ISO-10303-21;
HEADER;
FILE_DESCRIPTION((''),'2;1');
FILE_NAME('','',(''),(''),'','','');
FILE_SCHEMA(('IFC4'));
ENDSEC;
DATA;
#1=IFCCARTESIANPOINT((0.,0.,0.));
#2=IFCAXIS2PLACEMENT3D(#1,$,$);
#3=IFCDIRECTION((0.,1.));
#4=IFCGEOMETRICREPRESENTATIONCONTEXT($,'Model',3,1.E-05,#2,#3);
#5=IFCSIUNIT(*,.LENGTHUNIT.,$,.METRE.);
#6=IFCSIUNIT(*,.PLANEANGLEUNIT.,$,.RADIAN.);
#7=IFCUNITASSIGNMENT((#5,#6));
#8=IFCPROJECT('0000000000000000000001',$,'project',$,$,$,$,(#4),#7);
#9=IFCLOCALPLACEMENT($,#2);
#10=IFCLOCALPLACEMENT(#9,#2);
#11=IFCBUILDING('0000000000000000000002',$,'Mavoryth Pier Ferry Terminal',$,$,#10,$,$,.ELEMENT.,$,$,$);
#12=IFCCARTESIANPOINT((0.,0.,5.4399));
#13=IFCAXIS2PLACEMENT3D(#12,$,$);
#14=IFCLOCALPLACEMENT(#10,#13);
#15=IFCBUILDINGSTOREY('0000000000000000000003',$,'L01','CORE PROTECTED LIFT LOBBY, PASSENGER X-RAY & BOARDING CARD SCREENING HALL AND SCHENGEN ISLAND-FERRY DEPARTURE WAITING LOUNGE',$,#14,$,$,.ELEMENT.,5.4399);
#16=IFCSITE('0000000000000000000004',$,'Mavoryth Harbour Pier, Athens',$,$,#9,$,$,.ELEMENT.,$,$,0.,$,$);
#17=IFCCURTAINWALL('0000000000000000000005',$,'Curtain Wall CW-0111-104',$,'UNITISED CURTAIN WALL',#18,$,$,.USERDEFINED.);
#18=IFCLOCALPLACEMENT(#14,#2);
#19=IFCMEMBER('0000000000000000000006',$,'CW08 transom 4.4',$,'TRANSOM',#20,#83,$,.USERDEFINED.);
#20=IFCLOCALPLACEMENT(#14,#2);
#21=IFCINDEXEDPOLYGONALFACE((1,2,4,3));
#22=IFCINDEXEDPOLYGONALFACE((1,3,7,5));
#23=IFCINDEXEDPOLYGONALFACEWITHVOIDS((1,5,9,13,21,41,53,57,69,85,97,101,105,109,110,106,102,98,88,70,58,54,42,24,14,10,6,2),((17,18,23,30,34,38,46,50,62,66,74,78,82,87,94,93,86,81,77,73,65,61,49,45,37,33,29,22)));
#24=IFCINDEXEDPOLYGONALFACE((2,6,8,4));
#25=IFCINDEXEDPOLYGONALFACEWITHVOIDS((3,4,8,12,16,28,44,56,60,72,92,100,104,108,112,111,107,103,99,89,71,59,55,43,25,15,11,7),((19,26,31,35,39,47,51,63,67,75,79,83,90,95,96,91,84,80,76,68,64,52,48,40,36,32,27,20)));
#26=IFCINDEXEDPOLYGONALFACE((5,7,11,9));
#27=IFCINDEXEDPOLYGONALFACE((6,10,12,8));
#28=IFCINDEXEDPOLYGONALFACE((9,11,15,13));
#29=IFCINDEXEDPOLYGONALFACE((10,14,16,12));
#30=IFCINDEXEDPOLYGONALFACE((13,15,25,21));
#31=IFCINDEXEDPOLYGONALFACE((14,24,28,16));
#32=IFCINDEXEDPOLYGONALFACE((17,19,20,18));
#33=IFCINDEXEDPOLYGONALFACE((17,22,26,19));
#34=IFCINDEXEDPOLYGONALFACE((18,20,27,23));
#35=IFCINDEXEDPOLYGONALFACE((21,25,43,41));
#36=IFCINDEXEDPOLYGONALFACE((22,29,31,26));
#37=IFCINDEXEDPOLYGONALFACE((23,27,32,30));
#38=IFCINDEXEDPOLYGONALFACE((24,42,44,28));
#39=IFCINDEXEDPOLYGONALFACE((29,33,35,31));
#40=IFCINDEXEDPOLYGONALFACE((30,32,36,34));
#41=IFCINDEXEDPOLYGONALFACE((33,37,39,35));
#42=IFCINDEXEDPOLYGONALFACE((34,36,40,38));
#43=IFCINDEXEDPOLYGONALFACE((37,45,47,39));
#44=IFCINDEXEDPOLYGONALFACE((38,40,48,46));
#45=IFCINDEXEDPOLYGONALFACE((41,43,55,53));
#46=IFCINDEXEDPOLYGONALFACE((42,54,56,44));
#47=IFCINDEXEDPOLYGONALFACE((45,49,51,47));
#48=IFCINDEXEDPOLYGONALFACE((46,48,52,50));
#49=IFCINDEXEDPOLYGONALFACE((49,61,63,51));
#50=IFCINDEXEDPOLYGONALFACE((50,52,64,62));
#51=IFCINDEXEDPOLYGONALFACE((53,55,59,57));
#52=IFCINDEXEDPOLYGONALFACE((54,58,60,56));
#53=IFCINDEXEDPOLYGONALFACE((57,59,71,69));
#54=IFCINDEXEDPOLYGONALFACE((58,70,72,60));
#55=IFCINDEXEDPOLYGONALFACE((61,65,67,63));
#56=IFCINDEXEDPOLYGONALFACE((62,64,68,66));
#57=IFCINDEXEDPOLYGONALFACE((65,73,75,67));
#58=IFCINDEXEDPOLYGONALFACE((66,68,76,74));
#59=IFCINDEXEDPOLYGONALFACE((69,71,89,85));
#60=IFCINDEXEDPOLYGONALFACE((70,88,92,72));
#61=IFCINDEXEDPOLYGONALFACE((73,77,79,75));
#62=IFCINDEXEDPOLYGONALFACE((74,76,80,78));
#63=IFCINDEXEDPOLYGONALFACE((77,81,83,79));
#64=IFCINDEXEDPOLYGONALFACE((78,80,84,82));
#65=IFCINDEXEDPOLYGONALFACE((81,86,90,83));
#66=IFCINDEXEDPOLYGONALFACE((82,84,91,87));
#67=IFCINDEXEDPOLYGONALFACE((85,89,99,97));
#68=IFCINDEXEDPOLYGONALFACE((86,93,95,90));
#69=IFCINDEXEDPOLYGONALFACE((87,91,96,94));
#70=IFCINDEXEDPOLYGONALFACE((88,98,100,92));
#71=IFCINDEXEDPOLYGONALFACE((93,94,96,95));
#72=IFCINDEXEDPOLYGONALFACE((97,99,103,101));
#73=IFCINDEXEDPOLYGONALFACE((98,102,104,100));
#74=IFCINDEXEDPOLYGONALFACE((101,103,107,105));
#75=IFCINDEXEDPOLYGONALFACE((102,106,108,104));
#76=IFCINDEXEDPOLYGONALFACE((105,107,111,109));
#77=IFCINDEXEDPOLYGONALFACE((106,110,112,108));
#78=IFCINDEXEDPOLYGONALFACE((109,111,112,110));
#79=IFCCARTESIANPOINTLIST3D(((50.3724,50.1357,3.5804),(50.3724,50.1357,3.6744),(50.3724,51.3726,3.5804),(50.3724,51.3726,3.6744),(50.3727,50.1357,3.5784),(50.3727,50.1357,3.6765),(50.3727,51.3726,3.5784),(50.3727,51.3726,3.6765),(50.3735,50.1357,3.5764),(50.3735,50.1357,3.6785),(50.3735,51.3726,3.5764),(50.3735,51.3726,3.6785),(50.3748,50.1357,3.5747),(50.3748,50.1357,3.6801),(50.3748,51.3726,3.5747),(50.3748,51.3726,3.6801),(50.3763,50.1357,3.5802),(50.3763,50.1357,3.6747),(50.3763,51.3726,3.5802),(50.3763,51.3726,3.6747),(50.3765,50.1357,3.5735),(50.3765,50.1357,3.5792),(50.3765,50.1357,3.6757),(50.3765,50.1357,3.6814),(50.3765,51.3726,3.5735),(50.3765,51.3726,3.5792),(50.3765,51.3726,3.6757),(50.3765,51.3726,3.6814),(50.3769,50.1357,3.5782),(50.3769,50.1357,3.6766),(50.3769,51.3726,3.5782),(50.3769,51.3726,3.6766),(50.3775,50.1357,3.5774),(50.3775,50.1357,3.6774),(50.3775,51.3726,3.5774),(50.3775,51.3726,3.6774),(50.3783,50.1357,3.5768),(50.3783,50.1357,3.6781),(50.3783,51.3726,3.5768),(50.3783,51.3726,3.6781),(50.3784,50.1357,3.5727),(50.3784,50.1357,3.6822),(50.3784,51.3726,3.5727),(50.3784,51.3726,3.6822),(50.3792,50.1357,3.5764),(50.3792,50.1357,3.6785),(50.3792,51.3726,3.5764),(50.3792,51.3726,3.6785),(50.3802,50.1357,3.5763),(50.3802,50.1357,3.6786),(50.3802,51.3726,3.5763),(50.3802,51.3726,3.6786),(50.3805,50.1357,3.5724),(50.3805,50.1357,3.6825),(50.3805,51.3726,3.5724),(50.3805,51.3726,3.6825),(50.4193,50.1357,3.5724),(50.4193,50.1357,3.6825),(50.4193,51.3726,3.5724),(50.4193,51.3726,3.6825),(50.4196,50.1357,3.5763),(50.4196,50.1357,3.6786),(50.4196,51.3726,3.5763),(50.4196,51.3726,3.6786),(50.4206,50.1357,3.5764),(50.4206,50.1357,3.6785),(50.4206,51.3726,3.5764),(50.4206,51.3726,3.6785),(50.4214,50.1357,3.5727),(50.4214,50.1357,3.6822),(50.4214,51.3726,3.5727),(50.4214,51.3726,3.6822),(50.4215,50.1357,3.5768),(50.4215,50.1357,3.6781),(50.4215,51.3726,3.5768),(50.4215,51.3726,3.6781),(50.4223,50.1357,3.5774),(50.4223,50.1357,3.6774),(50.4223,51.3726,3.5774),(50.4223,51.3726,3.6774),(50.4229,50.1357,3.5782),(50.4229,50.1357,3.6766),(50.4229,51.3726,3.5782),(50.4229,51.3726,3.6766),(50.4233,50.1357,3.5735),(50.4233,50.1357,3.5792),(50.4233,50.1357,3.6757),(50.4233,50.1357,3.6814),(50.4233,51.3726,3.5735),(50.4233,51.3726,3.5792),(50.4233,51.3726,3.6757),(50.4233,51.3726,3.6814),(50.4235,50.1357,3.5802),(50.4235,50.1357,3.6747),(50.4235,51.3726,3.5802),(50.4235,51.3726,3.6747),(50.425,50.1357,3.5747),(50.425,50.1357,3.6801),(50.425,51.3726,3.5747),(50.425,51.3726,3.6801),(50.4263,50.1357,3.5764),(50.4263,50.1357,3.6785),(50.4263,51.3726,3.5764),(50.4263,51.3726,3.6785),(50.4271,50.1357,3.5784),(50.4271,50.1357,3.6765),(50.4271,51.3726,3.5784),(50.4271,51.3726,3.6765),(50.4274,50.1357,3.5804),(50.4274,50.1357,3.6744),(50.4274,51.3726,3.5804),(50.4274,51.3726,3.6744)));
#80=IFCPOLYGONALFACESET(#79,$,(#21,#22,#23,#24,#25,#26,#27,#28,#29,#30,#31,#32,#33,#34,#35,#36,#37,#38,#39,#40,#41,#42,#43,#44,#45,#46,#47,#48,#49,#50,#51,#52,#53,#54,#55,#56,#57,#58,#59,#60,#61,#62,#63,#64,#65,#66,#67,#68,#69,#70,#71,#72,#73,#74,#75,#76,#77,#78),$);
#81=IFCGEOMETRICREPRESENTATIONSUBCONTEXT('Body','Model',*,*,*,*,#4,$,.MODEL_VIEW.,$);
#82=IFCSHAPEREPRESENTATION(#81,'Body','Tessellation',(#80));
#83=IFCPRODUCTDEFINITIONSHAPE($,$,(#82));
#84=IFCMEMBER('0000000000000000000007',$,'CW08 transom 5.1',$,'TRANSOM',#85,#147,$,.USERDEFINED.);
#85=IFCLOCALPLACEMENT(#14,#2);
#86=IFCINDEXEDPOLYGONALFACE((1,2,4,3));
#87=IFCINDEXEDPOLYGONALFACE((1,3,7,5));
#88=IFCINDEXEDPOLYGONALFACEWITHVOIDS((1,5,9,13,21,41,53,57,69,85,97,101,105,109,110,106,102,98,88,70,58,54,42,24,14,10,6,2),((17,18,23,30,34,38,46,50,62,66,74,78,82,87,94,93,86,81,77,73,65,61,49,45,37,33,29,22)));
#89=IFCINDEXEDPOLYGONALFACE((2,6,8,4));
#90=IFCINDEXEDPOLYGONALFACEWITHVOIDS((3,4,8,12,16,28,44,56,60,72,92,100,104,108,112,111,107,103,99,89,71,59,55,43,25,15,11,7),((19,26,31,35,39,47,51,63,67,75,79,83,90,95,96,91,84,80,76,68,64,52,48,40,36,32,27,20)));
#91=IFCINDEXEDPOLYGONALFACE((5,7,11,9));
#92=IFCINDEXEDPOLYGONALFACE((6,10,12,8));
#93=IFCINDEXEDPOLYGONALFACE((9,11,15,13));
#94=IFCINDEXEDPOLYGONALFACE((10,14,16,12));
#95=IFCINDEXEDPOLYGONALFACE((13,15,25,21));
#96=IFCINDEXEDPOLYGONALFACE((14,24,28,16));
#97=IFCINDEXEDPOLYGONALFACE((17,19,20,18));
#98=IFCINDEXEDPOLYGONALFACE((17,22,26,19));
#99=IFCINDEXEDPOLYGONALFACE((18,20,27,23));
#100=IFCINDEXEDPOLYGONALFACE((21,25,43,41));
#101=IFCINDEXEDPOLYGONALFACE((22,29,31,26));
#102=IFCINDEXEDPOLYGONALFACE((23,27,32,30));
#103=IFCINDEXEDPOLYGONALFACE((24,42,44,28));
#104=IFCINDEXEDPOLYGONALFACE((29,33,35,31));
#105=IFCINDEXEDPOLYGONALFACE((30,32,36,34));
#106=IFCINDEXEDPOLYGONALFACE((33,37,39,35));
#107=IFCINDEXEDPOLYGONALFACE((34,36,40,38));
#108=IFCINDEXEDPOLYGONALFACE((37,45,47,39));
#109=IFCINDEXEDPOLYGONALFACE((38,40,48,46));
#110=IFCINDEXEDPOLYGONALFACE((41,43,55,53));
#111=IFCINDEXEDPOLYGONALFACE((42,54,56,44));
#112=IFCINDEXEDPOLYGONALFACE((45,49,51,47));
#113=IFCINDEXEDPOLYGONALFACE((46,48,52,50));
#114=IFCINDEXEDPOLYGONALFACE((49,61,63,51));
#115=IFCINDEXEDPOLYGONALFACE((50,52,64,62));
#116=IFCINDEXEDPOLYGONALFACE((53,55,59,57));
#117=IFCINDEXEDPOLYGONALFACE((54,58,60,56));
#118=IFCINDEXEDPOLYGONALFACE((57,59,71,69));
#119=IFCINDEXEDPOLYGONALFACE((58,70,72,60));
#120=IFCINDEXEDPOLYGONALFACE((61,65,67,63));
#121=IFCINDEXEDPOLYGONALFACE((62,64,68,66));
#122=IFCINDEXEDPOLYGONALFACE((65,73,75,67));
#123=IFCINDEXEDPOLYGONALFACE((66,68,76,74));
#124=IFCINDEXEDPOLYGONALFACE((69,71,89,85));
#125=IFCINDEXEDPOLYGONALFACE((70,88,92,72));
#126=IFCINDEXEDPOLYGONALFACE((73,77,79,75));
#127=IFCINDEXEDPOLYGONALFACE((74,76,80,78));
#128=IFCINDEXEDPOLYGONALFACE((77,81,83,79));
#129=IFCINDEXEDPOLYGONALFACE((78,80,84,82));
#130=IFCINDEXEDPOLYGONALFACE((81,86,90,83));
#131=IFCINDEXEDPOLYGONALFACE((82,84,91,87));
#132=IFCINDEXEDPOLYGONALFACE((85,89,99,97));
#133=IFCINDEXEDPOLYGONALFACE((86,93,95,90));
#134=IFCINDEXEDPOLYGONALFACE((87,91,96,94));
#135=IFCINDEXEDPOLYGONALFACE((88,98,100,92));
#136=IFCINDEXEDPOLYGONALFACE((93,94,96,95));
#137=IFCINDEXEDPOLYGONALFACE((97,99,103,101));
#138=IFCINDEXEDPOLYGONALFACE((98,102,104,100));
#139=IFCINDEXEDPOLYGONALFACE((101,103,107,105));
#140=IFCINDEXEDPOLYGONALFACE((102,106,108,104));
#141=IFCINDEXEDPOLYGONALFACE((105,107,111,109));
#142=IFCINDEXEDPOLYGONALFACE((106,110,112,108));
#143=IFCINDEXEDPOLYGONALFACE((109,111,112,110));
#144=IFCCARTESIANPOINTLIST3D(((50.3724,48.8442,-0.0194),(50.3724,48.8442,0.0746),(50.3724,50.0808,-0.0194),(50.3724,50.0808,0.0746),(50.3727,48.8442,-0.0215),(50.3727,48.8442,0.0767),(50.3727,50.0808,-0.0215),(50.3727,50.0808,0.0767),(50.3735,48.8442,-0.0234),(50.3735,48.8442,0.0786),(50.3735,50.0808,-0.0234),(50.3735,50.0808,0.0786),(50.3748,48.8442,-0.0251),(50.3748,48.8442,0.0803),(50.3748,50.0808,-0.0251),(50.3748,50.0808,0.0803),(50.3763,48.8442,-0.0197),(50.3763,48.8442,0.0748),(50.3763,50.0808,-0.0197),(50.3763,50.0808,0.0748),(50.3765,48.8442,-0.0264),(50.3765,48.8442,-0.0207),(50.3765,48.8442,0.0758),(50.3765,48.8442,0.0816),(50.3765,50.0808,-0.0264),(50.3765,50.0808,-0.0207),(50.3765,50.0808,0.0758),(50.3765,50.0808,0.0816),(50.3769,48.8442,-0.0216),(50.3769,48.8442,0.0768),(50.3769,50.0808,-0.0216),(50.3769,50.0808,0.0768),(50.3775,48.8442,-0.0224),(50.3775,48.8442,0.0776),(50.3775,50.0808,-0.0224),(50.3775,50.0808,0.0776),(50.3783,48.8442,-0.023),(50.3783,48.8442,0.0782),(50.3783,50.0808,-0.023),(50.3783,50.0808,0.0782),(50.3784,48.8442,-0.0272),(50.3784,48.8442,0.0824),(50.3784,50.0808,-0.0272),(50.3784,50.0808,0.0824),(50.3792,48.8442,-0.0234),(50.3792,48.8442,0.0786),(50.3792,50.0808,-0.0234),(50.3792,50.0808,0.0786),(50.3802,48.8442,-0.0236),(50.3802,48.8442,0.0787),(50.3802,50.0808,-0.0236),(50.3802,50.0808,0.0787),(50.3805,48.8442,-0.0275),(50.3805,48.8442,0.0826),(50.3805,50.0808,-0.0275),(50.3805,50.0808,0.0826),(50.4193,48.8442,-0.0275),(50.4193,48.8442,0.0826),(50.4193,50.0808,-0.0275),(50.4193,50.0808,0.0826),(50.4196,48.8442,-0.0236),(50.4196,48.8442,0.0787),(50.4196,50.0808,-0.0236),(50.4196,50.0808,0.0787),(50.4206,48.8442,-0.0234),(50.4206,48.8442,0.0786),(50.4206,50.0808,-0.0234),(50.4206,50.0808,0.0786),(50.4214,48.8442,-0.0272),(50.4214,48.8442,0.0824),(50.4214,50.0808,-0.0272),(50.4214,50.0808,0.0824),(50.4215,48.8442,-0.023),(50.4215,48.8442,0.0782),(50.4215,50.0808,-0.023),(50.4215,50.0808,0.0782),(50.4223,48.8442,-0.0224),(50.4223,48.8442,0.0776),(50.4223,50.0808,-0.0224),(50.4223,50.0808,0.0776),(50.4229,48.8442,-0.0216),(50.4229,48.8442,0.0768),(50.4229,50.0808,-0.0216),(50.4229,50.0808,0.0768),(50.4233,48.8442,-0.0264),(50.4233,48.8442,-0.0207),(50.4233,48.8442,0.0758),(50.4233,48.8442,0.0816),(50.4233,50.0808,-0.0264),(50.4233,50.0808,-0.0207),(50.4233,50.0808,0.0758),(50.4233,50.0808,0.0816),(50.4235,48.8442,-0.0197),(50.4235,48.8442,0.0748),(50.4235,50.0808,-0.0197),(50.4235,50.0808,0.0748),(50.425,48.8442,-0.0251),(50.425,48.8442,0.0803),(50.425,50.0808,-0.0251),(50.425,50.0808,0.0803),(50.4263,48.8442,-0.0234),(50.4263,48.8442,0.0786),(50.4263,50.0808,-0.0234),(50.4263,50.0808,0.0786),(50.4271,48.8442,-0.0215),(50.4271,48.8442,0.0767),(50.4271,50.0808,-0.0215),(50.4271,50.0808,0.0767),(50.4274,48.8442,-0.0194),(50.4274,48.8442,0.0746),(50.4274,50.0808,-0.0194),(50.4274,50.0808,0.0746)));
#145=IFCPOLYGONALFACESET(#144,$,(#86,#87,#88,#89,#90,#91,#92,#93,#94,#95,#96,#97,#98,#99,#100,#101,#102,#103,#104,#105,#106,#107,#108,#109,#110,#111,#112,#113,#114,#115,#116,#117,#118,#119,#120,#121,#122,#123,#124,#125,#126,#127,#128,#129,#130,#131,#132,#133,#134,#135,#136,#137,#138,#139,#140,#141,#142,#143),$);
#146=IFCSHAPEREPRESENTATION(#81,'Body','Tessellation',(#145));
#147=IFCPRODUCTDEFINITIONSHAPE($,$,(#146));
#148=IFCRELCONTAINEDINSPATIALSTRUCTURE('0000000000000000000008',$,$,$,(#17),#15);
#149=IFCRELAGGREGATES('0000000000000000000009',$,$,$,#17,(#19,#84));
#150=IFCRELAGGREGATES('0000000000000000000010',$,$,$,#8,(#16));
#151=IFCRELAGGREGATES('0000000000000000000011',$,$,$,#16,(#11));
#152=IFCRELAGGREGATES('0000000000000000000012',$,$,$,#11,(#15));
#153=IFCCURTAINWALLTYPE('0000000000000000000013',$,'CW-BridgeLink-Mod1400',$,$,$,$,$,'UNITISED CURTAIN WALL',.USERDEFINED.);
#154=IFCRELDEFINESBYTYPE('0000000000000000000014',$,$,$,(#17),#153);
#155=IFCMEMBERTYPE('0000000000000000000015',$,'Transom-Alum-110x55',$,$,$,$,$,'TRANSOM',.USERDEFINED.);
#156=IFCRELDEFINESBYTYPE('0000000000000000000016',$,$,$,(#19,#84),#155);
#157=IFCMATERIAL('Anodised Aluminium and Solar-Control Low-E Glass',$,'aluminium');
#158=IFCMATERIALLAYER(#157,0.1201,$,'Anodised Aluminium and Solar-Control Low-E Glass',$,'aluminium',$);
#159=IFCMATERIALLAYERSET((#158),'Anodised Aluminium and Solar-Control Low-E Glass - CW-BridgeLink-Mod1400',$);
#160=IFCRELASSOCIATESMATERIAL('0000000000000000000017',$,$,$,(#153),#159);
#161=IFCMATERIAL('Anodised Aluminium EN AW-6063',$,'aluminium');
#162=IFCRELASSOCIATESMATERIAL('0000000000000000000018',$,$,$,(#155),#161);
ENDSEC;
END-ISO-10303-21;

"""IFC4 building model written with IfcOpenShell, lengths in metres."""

from ifc_helpers import new_model, si_unit, direction, frame, origin, origin_2d, place, context, subcontext, project, spatial, hollow_rectangle, extrude, material, layer, layer_set, material_profile, profile_set, type_object, element, aggregate, save


model = new_model("IFC4")

# Units and contexts
model_context = context("Model", 3, precision=1e-05, world=origin(), true_north=direction((0.0, 1.0)))
body_context = subcontext(model_context, "Body", "Model", "MODEL_VIEW")
ifc_project = project(units=[si_unit("LENGTHUNIT", "METRE"), si_unit("PLANEANGLEUNIT", "RADIAN")], contexts=[model_context])

# Site, building, storey
site_placement = place(None, origin())
site = spatial("IfcSite", under=ifc_project, at=site_placement, Name="Mavoryth Harbour Pier, Athens", CompositionType="ELEMENT", RefElevation=0.0)
building_placement = place(site_placement, origin())
building = spatial("IfcBuilding", under=site, at=building_placement, Name="Mavoryth Pier Ferry Terminal", CompositionType="ELEMENT")
storey_placement = place(building_placement, frame((0.0, 0.0, 5.4399)))
storey = spatial("IfcBuildingStorey", under=building, at=storey_placement, Name="L01", Description="CORE PROTECTED LIFT LOBBY, PASSENGER X-RAY & BOARDING CARD SCREENING HALL AND SCHENGEN ISLAND-FERRY DEPARTURE WAITING LOUNGE", CompositionType="ELEMENT", Elevation=5.4399)

# Curtain wall, members
ifc_material_1 = material(Name="Anodised Aluminium and Solar-Control Low-E Glass", Category="aluminium")
ifc_layer_1 = layer(ifc_material_1, 0.1201, Name="Anodised Aluminium and Solar-Control Low-E Glass", Category="aluminium")
ifc_layer_set_1 = layer_set([ifc_layer_1], Name="Anodised Aluminium and Solar-Control Low-E Glass - CW-BridgeLink-Mod1400")
curtain_wall_type = type_object("IfcCurtainWallType", Name="CW-BridgeLink-Mod1400", ElementType="UNITISED CURTAIN WALL", PredefinedType="USERDEFINED", material=ifc_layer_set_1)
curtain_wall_placement = place(storey_placement, origin())
curtain_wall = element("IfcCurtainWall", 1, at=curtain_wall_placement, inside=storey, type_object=curtain_wall_type, Name="Curtain Wall CW-0111-104", ObjectType="UNITISED CURTAIN WALL", PredefinedType="USERDEFINED")
ifc_material_2 = material(Name="Anodised Aluminium EN AW-6063", Category="aluminium")
ifc_material_profile_1 = material_profile(ifc_material_2, hollow_rectangle(XDim=0.0549, YDim=0.1101, WallThickness=0.0039, InnerFilletRadius=0.0039, OuterFilletRadius=0.0081, at=origin_2d()), Name="AL-TRAN 110x55x4", Category="aluminium")
ifc_profile_set_1 = profile_set([ifc_material_profile_1], Name="Anodised Aluminium EN AW-6063 - AL-TRAN 110x55x4")
member_type_1 = type_object("IfcMemberType", Name="Transom-Alum-110x55", ElementType="TRANSOM", PredefinedType="USERDEFINED", material=ifc_profile_set_1)
member_1_placement = place(storey_placement, frame((50.3999, 51.3726, 3.6274), z_axis=(0.0, -1.0, 0.0), x_axis=(1.0, 0.0, 0.0)))
member_1 = element("IfcMember", 2, at=member_1_placement, type_object=member_type_1, Name="CW08 transom 4.4", ObjectType="TRANSOM", PredefinedType="USERDEFINED", context=body_context, shape_type="SweptSolid", body=[
    extrude(hollow_rectangle(XDim=0.0549, YDim=0.1101, WallThickness=0.0039, InnerFilletRadius=0.0039, OuterFilletRadius=0.0081, at=origin_2d()), origin(), (0.0, 0.0, 1.0), 1.2368),
])
member_2_placement = place(storey_placement, frame((50.3999, 50.0808, 0.0276), z_axis=(0.0, -1.0, 0.0), x_axis=(1.0, 0.0, 0.0)))
member_2 = element("IfcMember", 3, at=member_2_placement, type_object=member_type_1, Name="CW08 transom 5.1", ObjectType="TRANSOM", PredefinedType="USERDEFINED", context=body_context, shape_type="SweptSolid", body=[
    extrude(hollow_rectangle(XDim=0.0549, YDim=0.1101, WallThickness=0.0039, InnerFilletRadius=0.0039, OuterFilletRadius=0.0081, at=origin_2d()), origin(), (0.0, 0.0, 1.0), 1.2366),
])
aggregate(curtain_wall, [member_1, member_2])

save(model, "model.ifc")
